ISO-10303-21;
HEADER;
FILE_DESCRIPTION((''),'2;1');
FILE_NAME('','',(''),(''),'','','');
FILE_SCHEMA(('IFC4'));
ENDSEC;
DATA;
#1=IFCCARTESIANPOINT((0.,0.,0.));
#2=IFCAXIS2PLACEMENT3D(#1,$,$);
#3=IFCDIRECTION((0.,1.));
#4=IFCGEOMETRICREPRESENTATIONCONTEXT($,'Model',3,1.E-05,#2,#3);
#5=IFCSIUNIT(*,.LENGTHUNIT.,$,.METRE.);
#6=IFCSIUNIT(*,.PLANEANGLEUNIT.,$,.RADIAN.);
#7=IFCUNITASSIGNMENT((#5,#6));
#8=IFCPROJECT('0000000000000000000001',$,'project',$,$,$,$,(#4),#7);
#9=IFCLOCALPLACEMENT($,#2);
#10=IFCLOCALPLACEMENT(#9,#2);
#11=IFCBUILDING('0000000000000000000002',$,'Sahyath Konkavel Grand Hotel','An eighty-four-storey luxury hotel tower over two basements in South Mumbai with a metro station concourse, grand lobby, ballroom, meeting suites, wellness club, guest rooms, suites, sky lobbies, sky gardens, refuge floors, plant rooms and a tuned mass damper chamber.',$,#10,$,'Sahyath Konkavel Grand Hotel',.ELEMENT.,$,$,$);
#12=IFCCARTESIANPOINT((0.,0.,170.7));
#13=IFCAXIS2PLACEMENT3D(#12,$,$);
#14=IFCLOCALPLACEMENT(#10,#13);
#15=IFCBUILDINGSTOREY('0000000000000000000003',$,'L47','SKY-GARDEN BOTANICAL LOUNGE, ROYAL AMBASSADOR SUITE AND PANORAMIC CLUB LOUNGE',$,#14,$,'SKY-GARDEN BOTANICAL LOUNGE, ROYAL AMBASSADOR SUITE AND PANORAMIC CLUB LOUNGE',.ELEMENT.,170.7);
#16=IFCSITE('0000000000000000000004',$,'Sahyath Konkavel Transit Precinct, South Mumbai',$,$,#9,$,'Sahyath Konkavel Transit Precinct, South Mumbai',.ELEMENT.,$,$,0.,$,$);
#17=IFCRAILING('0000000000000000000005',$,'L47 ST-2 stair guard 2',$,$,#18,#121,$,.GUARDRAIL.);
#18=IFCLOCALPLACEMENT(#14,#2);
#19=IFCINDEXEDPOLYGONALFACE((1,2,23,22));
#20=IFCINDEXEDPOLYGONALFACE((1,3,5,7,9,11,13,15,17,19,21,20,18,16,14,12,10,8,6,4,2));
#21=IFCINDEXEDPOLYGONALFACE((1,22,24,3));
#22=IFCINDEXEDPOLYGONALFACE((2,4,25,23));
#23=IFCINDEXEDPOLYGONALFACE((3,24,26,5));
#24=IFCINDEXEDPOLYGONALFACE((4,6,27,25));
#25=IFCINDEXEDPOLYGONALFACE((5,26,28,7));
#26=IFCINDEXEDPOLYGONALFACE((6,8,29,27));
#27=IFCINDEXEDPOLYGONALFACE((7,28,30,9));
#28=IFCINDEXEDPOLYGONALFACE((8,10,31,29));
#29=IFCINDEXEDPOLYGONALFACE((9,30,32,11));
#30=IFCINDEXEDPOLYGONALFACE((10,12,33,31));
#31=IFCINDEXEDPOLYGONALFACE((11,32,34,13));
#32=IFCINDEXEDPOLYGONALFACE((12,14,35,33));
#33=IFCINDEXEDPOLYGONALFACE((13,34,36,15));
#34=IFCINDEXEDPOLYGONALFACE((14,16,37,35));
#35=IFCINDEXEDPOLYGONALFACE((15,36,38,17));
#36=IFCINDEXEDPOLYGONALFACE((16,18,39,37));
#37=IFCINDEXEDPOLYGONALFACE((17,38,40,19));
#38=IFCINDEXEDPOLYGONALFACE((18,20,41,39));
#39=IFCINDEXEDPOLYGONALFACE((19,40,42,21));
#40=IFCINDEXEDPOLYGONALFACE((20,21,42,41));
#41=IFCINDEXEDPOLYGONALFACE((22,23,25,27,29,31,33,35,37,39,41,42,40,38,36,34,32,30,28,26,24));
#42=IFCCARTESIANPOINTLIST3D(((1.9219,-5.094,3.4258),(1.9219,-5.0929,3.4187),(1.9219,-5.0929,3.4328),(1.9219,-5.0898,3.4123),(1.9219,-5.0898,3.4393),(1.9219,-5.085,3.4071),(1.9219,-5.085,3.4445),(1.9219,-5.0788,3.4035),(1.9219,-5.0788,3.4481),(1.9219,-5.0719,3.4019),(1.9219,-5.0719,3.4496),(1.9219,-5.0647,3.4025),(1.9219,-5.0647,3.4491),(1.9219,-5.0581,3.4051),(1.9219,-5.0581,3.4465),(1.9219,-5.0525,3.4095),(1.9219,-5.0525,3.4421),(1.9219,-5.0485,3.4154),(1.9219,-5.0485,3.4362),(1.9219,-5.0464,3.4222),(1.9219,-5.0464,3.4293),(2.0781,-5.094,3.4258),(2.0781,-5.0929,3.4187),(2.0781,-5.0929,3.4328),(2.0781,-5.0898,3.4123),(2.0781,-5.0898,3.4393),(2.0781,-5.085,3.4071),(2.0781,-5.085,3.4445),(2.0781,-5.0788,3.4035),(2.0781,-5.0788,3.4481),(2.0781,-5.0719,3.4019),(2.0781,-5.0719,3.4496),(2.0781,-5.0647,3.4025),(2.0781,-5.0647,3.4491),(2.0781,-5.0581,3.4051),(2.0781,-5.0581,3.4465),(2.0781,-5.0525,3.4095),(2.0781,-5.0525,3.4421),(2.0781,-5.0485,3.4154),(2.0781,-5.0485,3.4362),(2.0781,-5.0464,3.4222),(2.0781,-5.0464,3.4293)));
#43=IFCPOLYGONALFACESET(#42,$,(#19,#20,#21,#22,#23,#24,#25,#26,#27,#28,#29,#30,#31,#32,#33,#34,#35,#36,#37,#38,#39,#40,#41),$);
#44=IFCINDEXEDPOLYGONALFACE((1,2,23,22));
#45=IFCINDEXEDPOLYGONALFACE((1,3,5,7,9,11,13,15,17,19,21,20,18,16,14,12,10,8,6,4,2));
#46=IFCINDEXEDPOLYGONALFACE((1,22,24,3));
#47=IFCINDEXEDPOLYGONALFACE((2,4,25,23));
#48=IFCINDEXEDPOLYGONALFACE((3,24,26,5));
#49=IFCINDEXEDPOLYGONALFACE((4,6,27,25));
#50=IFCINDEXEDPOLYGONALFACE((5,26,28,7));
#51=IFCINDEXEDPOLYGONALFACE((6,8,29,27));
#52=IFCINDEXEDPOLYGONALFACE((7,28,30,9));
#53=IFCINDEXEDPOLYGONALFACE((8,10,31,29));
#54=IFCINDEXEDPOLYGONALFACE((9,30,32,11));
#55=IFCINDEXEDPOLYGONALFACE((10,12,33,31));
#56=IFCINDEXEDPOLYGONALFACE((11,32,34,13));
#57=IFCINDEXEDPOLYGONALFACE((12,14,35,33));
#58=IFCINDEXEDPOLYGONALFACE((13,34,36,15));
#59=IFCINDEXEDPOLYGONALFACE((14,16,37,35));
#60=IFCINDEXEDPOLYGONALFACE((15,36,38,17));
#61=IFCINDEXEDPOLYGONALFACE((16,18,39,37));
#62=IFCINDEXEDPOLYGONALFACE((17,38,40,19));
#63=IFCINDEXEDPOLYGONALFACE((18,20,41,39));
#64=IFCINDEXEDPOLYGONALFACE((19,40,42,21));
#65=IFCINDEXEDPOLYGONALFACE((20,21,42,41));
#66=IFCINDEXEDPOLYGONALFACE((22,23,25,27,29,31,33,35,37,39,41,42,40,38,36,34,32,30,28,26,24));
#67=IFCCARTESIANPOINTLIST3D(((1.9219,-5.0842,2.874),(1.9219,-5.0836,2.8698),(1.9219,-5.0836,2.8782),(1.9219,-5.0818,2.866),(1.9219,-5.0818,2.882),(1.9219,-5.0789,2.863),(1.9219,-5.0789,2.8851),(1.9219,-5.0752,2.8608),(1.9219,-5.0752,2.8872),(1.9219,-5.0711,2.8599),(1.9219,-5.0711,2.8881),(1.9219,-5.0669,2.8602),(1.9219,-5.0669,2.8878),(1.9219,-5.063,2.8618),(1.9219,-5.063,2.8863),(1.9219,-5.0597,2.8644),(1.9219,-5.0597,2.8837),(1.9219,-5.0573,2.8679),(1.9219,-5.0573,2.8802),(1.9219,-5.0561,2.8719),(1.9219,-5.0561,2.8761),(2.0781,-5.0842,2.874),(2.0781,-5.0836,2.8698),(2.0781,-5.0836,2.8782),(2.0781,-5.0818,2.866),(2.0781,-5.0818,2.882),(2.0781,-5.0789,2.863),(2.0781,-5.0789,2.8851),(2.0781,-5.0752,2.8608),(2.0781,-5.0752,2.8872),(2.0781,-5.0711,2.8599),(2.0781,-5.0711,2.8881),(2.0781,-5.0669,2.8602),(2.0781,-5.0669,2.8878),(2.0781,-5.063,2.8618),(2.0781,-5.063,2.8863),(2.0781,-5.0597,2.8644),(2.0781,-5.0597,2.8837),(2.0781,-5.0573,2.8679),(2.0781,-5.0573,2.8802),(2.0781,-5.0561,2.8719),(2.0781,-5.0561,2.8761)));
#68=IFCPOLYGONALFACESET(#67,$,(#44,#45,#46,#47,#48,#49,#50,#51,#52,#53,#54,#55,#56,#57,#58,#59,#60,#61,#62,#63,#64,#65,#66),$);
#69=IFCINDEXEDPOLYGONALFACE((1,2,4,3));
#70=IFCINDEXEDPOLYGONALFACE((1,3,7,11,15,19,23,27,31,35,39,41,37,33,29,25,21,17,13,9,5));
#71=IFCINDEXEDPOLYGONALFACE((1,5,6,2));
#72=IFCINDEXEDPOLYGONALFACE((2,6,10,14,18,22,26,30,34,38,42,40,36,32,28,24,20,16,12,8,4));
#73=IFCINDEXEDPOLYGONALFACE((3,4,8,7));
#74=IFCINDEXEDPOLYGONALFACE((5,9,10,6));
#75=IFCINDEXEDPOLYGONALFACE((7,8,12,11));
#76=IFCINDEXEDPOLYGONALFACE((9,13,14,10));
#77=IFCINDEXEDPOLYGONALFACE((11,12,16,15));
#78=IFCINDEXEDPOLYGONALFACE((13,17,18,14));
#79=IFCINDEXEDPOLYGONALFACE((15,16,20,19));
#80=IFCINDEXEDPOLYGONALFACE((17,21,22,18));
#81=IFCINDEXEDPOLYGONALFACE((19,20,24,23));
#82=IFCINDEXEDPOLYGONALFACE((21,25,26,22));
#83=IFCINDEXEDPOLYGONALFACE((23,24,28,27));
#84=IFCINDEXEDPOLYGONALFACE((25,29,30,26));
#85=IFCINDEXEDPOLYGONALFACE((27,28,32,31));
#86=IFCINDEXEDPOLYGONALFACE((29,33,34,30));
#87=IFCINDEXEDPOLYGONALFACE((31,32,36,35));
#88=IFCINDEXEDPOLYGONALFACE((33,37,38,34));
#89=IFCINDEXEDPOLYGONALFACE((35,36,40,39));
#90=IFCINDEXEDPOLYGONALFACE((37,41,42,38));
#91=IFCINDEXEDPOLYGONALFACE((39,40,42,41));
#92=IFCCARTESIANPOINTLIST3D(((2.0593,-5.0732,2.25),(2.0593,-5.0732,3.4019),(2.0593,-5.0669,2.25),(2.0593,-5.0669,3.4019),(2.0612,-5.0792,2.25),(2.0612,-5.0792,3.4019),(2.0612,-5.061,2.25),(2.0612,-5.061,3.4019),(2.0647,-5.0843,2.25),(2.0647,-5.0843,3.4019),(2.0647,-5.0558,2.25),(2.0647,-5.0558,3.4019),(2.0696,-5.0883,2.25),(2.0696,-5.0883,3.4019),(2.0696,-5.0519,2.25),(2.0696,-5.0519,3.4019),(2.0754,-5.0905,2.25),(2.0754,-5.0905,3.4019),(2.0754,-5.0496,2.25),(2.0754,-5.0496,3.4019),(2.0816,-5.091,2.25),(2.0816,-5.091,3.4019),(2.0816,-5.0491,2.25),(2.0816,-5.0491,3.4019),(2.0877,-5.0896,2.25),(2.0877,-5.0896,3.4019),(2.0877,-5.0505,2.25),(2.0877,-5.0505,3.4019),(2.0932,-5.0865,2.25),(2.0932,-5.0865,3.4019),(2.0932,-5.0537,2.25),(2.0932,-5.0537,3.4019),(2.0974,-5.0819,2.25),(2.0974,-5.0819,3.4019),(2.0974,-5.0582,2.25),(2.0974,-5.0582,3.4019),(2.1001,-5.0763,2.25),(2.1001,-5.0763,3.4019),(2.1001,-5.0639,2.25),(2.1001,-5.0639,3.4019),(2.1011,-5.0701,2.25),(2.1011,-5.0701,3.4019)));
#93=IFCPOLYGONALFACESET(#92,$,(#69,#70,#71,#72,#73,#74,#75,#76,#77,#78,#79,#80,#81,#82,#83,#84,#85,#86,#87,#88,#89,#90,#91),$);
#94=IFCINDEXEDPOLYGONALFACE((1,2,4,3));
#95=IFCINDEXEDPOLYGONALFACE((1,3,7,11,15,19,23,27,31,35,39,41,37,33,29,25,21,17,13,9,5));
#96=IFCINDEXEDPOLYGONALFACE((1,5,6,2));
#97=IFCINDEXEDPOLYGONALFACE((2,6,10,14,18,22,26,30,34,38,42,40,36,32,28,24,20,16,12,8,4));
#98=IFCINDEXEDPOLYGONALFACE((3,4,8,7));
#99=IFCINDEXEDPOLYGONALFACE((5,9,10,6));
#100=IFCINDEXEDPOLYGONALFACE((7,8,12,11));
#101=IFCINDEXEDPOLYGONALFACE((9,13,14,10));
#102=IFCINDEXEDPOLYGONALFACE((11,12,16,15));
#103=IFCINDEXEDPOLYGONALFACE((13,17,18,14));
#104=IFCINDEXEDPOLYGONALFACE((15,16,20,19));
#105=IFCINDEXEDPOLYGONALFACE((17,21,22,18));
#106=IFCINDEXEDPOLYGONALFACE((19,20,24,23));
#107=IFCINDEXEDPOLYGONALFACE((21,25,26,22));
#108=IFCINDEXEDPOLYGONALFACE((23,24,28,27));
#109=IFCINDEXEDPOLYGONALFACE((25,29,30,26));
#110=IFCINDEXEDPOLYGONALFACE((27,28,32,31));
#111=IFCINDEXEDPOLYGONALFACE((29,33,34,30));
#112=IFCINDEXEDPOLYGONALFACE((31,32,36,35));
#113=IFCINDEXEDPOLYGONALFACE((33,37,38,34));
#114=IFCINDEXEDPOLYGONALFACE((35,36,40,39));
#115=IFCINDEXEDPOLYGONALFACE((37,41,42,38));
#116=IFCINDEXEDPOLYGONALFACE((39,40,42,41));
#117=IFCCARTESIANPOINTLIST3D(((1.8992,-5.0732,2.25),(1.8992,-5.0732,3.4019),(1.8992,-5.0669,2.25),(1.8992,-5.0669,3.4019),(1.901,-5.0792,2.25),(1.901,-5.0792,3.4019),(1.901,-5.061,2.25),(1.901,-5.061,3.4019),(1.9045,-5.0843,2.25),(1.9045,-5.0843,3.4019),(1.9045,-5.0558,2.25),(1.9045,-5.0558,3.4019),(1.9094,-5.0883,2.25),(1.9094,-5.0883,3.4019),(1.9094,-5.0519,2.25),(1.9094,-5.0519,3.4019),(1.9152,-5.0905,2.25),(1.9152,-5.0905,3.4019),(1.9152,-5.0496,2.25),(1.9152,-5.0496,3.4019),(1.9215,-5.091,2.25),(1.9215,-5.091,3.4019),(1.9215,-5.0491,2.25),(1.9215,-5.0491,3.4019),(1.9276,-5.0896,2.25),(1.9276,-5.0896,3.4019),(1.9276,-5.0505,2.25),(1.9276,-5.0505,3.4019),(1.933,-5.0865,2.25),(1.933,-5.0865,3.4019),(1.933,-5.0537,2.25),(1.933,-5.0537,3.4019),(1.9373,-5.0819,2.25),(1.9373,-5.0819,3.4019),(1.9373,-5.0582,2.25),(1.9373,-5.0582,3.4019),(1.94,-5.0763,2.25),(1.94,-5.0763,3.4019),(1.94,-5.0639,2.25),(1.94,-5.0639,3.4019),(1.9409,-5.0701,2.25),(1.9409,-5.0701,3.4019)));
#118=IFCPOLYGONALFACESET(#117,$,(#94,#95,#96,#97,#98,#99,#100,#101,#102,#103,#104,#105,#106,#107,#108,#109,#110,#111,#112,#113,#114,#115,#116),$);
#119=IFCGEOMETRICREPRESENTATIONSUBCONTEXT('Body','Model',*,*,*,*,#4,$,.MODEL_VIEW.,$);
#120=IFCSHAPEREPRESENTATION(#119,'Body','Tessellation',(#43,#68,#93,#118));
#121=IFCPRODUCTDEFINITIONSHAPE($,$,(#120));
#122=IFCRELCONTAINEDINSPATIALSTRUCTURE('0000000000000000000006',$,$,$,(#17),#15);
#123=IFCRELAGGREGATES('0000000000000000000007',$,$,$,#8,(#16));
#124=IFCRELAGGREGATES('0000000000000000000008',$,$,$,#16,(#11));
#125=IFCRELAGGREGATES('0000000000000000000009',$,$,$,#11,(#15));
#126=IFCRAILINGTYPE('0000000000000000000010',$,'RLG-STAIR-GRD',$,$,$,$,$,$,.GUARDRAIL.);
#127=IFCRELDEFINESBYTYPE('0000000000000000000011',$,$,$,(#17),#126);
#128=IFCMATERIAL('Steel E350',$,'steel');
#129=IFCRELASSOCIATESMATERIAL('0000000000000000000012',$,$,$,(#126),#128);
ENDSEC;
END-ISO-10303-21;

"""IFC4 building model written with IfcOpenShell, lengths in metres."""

from ifc_helpers import new_model, si_unit, direction, frame, origin, origin_2d, place, context, subcontext, project, spatial, circle, extrude, material, type_object, element, save


model = new_model("IFC4")

# Units and contexts
model_context = context("Model", 3, precision=1e-05, world=origin(), true_north=direction((0.0, 1.0)))
body_context = subcontext(model_context, "Body", "Model", "MODEL_VIEW")
ifc_project = project(units=[si_unit("LENGTHUNIT", "METRE"), si_unit("PLANEANGLEUNIT", "RADIAN")], contexts=[model_context])

# Site, building, storey
site_placement = place(None, origin())
site = spatial("IfcSite", under=ifc_project, at=site_placement, Name="Sahyath Konkavel Transit Precinct, South Mumbai", LongName="Sahyath Konkavel Transit Precinct, South Mumbai", CompositionType="ELEMENT", RefElevation=0.0)
building_placement = place(site_placement, origin())
building = spatial("IfcBuilding", under=site, at=building_placement, Name="Sahyath Konkavel Grand Hotel", Description="An eighty-four-storey luxury hotel tower over two basements in South Mumbai with a metro station concourse, grand lobby, ballroom, meeting suites, wellness club, guest rooms, suites, sky lobbies, sky gardens, refuge floors, plant rooms and a tuned mass damper chamber.", LongName="Sahyath Konkavel Grand Hotel", CompositionType="ELEMENT")
storey_placement = place(building_placement, frame((0.0, 0.0, 170.7)))
storey = spatial("IfcBuildingStorey", under=building, at=storey_placement, Name="L47", Description="SKY-GARDEN BOTANICAL LOUNGE, ROYAL AMBASSADOR SUITE AND PANORAMIC CLUB LOUNGE", LongName="SKY-GARDEN BOTANICAL LOUNGE, ROYAL AMBASSADOR SUITE AND PANORAMIC CLUB LOUNGE", CompositionType="ELEMENT", Elevation=170.7)

# Shared definitions
ifc_material_1 = material(Name="Steel E350", Category="steel")

# Railing
railing_type_1 = type_object("IfcRailingType", Name="RLG-STAIR-GRD", PredefinedType="GUARDRAIL", material=ifc_material_1)
railing_1_placement = place(storey_placement, frame((2.0801, -5.0701, 2.25)))
element("IfcRailing", 1, at=railing_1_placement, inside=storey, type_object=railing_type_1, Name="L47 ST-2 stair guard 2", PredefinedType="GUARDRAIL", context=body_context, shape_type="SweptSolid", body=[
    extrude(circle(Radius=0.0239, at=origin_2d()), frame((-0.002, 0.0, 1.1758), z_axis=(-1.0, 0.0, 0.0), x_axis=(0.0, -1.0, 0.0)), (0.0, 0.0, 1.0), 0.1562),
    extrude(circle(Radius=0.0142, at=origin_2d()), frame((-0.002, 0.0, 0.624), z_axis=(-1.0, 0.0, 0.0), x_axis=(0.0, -1.0, 0.0)), (0.0, 0.0, 1.0), 0.1562),
    extrude(circle(Radius=0.021, at=origin_2d()), origin(), (0.0, 0.0, 1.0), 1.1519),
    extrude(circle(Radius=0.021, at=origin_2d()), frame((-0.1602, 0.0, 0.0)), (0.0, 0.0, 1.0), 1.1519),
])

save(model, "model.ifc")
